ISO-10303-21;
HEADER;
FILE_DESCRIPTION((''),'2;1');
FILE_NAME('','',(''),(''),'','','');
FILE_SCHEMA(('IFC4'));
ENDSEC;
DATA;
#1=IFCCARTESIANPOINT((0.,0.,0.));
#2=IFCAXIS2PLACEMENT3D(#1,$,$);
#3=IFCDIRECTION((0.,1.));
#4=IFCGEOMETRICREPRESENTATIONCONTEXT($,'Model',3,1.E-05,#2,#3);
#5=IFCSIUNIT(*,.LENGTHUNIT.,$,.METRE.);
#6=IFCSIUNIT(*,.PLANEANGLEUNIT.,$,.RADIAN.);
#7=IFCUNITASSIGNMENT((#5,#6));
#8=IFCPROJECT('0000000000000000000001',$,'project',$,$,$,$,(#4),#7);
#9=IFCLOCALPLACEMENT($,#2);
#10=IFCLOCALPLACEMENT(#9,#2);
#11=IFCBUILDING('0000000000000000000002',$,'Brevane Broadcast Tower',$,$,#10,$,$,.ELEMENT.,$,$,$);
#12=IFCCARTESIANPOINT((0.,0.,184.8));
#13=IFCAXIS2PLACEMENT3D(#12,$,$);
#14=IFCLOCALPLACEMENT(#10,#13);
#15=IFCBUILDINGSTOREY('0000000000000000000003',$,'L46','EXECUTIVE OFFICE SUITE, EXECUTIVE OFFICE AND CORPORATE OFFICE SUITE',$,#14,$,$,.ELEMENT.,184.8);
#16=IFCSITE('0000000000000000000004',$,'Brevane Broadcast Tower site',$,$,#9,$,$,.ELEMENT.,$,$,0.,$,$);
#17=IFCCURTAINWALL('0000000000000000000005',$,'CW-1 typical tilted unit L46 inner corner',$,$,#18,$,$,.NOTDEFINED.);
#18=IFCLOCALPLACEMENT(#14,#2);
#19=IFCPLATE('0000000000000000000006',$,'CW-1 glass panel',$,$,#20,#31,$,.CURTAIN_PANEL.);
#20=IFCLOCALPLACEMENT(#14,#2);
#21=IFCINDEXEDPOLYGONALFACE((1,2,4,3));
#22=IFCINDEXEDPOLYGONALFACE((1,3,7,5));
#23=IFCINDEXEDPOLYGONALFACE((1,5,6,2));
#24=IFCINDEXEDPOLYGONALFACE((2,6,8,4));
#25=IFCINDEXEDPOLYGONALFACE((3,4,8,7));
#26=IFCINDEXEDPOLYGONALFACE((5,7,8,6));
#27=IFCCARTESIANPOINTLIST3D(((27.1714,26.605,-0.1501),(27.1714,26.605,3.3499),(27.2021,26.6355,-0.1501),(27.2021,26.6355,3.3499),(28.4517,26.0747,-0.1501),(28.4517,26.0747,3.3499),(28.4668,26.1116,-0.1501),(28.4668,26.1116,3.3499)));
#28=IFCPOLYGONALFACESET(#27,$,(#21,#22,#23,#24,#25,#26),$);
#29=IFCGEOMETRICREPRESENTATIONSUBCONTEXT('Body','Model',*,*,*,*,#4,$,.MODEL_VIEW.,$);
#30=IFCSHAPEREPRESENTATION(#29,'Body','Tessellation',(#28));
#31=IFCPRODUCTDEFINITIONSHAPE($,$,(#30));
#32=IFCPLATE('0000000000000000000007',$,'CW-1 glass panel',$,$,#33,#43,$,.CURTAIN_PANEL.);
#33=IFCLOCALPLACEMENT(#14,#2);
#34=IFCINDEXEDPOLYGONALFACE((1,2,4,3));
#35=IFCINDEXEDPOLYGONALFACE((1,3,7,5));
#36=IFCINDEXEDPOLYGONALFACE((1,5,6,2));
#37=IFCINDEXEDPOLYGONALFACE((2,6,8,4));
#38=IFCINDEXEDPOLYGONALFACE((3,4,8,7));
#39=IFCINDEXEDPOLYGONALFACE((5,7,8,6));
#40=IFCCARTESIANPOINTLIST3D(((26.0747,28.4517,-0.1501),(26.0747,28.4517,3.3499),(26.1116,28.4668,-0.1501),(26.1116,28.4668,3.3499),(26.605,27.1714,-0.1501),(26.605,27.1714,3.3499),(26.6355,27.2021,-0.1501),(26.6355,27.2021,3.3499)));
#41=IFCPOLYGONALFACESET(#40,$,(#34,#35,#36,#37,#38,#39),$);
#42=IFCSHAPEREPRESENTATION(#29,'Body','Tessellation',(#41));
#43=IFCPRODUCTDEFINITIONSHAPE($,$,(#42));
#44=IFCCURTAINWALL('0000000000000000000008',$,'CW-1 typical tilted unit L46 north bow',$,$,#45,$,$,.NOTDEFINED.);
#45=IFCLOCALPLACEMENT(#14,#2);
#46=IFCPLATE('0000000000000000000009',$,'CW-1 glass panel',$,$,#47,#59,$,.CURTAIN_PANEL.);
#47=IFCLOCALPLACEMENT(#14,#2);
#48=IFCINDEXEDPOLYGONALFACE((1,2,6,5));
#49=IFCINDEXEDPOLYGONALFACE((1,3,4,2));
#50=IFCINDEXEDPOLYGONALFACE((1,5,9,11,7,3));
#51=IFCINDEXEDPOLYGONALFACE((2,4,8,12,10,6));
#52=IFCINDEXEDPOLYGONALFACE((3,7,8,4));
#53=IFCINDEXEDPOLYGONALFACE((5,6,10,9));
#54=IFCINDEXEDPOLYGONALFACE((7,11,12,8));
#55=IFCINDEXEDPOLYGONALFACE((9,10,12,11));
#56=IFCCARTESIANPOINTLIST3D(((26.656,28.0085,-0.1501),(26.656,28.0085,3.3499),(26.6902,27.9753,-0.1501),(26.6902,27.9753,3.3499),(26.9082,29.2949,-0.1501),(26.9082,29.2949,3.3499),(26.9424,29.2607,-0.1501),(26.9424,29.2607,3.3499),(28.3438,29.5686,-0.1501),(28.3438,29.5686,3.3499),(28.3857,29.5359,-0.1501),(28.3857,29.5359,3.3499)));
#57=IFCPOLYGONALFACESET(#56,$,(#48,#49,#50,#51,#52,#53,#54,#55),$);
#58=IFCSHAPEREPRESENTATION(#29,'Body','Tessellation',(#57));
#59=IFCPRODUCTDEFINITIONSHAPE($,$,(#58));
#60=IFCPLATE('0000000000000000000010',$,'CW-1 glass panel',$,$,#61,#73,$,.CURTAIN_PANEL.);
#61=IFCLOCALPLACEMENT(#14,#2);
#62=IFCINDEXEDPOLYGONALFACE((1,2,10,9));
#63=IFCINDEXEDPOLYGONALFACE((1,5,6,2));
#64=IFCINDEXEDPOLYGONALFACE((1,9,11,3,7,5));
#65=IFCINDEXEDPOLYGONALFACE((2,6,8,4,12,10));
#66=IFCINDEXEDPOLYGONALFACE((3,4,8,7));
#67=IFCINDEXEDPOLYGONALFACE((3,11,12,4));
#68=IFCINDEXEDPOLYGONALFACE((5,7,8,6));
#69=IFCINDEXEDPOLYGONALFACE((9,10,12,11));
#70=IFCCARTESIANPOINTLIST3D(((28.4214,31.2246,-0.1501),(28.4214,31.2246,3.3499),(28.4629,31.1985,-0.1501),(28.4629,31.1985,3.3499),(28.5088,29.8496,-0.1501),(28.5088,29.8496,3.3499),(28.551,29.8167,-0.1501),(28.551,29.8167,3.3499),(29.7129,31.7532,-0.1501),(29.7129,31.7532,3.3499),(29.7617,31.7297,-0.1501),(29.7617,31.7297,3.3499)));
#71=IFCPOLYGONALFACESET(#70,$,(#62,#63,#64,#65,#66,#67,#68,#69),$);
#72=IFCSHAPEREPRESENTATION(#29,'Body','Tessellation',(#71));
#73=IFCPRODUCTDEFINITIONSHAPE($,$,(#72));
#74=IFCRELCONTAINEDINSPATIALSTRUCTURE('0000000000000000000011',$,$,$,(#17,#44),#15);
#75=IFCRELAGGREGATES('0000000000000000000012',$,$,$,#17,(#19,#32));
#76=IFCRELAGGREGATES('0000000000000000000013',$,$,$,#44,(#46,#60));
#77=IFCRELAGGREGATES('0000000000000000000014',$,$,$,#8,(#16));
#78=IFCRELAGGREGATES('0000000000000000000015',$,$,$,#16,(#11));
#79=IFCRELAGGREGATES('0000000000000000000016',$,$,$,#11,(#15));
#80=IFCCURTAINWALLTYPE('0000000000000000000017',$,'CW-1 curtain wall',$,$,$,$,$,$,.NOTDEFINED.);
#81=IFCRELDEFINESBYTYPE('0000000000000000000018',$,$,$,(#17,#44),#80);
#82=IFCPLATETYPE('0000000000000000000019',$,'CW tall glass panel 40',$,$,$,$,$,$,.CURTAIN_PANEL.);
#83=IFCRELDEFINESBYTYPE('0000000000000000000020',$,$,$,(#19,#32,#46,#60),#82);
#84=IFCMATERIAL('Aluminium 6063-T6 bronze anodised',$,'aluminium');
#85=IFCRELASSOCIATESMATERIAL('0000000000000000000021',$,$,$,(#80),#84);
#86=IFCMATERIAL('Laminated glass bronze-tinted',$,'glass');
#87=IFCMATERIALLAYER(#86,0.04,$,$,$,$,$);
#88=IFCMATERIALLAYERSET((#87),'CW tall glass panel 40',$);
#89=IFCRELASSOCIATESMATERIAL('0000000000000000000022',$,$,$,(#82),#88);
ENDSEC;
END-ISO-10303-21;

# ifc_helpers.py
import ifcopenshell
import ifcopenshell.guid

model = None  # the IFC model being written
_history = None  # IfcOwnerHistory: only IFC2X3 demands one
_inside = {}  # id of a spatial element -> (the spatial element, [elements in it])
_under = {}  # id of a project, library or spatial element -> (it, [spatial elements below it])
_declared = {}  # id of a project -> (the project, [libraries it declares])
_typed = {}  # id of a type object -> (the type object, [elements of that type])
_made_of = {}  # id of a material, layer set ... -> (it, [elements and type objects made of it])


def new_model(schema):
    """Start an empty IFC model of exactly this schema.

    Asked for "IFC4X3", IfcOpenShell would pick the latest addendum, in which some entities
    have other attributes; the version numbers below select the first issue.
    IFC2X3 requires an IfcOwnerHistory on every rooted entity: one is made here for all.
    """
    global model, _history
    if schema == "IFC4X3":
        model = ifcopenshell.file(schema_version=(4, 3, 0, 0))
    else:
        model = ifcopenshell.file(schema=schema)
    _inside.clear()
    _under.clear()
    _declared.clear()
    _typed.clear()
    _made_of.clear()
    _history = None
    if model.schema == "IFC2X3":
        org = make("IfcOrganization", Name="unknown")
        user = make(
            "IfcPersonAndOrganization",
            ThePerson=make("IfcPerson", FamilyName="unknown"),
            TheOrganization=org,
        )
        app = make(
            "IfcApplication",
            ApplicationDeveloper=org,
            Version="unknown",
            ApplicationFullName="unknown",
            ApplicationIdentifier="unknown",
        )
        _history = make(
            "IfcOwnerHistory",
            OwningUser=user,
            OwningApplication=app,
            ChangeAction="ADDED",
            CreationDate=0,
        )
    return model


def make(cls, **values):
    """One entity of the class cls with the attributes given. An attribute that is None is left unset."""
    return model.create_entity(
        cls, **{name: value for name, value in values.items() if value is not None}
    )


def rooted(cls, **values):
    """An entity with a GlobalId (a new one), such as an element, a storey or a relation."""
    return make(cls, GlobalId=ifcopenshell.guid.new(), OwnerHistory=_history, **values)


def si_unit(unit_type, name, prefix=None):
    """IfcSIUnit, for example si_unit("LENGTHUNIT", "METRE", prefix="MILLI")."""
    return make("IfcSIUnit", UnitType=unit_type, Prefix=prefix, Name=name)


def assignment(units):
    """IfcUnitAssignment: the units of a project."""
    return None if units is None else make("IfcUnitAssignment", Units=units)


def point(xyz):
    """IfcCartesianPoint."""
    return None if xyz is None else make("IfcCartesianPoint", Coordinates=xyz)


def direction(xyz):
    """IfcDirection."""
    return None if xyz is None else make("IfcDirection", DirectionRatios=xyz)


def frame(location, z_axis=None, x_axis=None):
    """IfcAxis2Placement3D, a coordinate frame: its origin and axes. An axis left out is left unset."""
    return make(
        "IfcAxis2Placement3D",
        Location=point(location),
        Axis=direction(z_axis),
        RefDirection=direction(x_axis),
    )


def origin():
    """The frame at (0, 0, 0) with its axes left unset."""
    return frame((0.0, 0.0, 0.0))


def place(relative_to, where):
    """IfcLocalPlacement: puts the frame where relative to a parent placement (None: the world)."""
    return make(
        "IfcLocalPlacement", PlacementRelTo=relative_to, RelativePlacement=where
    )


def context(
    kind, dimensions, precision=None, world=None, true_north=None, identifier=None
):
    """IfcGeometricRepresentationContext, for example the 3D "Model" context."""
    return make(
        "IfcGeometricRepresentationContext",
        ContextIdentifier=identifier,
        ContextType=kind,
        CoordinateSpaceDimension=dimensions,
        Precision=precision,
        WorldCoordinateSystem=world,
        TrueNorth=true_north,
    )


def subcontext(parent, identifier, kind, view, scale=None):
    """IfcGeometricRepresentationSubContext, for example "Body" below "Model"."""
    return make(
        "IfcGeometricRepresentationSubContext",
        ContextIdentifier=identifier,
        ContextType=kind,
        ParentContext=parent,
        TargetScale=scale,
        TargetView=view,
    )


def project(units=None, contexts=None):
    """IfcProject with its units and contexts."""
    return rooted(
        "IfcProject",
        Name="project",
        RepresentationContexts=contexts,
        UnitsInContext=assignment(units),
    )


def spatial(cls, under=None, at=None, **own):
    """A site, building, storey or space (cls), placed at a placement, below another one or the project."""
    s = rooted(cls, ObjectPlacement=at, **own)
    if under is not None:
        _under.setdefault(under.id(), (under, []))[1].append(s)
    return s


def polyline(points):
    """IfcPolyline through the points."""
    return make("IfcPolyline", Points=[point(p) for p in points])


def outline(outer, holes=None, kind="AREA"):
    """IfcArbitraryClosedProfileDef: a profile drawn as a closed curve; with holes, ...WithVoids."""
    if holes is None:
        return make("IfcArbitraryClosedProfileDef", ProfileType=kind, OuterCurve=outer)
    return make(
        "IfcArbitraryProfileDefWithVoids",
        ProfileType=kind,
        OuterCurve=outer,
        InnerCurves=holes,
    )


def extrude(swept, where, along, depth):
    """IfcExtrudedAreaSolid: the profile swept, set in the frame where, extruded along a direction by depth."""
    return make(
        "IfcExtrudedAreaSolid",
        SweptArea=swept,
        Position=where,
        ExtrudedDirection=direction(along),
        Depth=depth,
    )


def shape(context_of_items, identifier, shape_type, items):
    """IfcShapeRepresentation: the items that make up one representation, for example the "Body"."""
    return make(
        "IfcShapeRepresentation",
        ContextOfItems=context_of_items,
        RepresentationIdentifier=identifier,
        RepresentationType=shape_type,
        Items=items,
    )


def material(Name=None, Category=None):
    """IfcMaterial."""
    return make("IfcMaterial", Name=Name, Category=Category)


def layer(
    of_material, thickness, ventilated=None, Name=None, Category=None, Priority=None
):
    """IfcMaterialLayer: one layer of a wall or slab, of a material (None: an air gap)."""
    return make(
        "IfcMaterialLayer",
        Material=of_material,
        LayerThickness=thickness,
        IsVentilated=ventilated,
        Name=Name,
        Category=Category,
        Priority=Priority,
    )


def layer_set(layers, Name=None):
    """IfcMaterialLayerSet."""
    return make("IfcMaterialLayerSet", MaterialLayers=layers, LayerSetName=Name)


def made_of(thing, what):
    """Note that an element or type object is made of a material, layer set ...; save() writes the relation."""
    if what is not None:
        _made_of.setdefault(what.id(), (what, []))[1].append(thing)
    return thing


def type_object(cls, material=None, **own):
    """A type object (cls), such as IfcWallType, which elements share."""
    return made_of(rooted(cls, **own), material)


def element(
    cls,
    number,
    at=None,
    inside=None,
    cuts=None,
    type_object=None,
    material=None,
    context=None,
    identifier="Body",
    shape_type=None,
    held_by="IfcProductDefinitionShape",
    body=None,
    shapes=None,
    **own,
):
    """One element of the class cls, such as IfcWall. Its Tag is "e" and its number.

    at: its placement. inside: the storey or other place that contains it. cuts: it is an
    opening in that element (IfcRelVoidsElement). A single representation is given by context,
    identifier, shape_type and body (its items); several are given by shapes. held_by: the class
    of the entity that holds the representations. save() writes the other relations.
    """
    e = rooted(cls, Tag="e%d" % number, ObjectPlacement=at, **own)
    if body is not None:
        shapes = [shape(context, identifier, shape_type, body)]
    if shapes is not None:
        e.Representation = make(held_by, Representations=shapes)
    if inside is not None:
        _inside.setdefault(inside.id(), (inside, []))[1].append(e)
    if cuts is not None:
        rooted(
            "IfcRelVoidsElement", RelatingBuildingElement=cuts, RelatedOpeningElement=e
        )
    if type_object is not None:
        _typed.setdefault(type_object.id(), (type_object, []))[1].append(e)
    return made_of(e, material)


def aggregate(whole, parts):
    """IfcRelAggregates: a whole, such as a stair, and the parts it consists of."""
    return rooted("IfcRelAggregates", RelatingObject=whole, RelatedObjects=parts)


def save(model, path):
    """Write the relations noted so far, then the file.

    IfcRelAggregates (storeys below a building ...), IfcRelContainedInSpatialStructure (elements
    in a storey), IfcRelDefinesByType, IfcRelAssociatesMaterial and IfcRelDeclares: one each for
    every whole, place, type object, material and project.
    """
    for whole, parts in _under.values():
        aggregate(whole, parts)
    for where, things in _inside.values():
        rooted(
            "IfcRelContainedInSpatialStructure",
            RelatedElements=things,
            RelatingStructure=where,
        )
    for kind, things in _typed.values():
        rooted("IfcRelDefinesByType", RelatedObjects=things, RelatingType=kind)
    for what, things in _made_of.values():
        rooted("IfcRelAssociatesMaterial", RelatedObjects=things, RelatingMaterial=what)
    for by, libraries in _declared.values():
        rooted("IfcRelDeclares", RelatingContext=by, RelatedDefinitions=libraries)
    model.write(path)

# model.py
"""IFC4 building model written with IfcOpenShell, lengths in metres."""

from ifc_helpers import new_model, si_unit, direction, frame, origin, place, context, subcontext, project, spatial, polyline, outline, extrude, material, layer, layer_set, type_object, element, aggregate, save


model = new_model("IFC4")

# Units and contexts
model_context = context("Model", 3, precision=1e-05, world=origin(), true_north=direction((0.0, 1.0)))
body_context = subcontext(model_context, "Body", "Model", "MODEL_VIEW")
ifc_project = project(units=[si_unit("LENGTHUNIT", "METRE"), si_unit("PLANEANGLEUNIT", "RADIAN")], contexts=[model_context])

# Site, building, storey
site_placement = place(None, origin())
site = spatial("IfcSite", under=ifc_project, at=site_placement, Name="Brevane Broadcast Tower site", CompositionType="ELEMENT", RefElevation=0.0)
building_placement = place(site_placement, origin())
building = spatial("IfcBuilding", under=site, at=building_placement, Name="Brevane Broadcast Tower", CompositionType="ELEMENT")
storey_placement = place(building_placement, frame((0.0, 0.0, 184.8)))
storey = spatial("IfcBuildingStorey", under=building, at=storey_placement, Name="L46", Description="EXECUTIVE OFFICE SUITE, EXECUTIVE OFFICE AND CORPORATE OFFICE SUITE", CompositionType="ELEMENT", Elevation=184.8)

# Curtain walls, plates
ifc_material_1 = material(Name="Aluminium 6063-T6 bronze anodised", Category="aluminium")
curtain_wall_type = type_object("IfcCurtainWallType", Name="CW-1 curtain wall", PredefinedType="NOTDEFINED", material=ifc_material_1)
ifc_material_2 = material(Name="Laminated glass bronze-tinted", Category="glass")
ifc_layer = layer(ifc_material_2, 0.04)
ifc_layer_set = layer_set([ifc_layer], Name="CW tall glass panel 40")
plate_type = type_object("IfcPlateType", Name="CW tall glass panel 40", PredefinedType="CURTAIN_PANEL", material=ifc_layer_set)
curtain_wall_1_placement = place(storey_placement, origin())
curtain_wall_1 = element("IfcCurtainWall", 1, at=curtain_wall_1_placement, inside=storey, type_object=curtain_wall_type, Name="CW-1 typical tilted unit L46 inner corner", PredefinedType="NOTDEFINED")
plate_1_placement = place(storey_placement, frame((0.0, 0.0, -0.1501)))
plate_1 = element("IfcPlate", 2, at=plate_1_placement, type_object=plate_type, Name="CW-1 glass panel", PredefinedType="CURTAIN_PANEL", context=body_context, shape_type="SweptSolid", body=[
    extrude(outline(polyline([(28.4517, 26.0747), (28.4668, 26.1116), (27.2021, 26.6355), (27.1714, 26.605), (28.4517, 26.0747)])), origin(), (0.0, 0.0, 1.0), 3.5),
])
plate_2_placement = place(storey_placement, frame((0.0, 0.0, -0.1501)))
plate_2 = element("IfcPlate", 3, at=plate_2_placement, type_object=plate_type, Name="CW-1 glass panel", PredefinedType="CURTAIN_PANEL", context=body_context, shape_type="SweptSolid", body=[
    extrude(outline(polyline([(26.605, 27.1714), (26.6355, 27.2021), (26.1116, 28.4668), (26.0747, 28.4517), (26.605, 27.1714)])), origin(), (0.0, 0.0, 1.0), 3.5),
])
aggregate(curtain_wall_1, [plate_1, plate_2])
curtain_wall_2_placement = place(storey_placement, origin())
curtain_wall_2 = element("IfcCurtainWall", 4, at=curtain_wall_2_placement, inside=storey, type_object=curtain_wall_type, Name="CW-1 typical tilted unit L46 north bow", PredefinedType="NOTDEFINED")
plate_3_placement = place(storey_placement, frame((0.0, 0.0, -0.1501)))
plate_3 = element("IfcPlate", 5, at=plate_3_placement, type_object=plate_type, Name="CW-1 glass panel", PredefinedType="CURTAIN_PANEL", context=body_context, shape_type="SweptSolid", body=[
    extrude(outline(polyline([(26.656, 28.0085), (26.6902, 27.9753), (26.9424, 29.2607), (28.3857, 29.5359), (28.3438, 29.5686), (26.9082, 29.2949), (26.656, 28.0085)])), origin(), (0.0, 0.0, 1.0), 3.5),
])
plate_4_placement = place(storey_placement, frame((0.0, 0.0, -0.1501)))
plate_4 = element("IfcPlate", 6, at=plate_4_placement, type_object=plate_type, Name="CW-1 glass panel", PredefinedType="CURTAIN_PANEL", context=body_context, shape_type="SweptSolid", body=[
    extrude(outline(polyline([(28.5088, 29.8496), (28.551, 29.8167), (28.4629, 31.1985), (29.7617, 31.7297), (29.7129, 31.7532), (28.4214, 31.2246), (28.5088, 29.8496)])), origin(), (0.0, 0.0, 1.0), 3.5),
])
aggregate(curtain_wall_2, [plate_3, plate_4])

save(model, "model.ifc")
